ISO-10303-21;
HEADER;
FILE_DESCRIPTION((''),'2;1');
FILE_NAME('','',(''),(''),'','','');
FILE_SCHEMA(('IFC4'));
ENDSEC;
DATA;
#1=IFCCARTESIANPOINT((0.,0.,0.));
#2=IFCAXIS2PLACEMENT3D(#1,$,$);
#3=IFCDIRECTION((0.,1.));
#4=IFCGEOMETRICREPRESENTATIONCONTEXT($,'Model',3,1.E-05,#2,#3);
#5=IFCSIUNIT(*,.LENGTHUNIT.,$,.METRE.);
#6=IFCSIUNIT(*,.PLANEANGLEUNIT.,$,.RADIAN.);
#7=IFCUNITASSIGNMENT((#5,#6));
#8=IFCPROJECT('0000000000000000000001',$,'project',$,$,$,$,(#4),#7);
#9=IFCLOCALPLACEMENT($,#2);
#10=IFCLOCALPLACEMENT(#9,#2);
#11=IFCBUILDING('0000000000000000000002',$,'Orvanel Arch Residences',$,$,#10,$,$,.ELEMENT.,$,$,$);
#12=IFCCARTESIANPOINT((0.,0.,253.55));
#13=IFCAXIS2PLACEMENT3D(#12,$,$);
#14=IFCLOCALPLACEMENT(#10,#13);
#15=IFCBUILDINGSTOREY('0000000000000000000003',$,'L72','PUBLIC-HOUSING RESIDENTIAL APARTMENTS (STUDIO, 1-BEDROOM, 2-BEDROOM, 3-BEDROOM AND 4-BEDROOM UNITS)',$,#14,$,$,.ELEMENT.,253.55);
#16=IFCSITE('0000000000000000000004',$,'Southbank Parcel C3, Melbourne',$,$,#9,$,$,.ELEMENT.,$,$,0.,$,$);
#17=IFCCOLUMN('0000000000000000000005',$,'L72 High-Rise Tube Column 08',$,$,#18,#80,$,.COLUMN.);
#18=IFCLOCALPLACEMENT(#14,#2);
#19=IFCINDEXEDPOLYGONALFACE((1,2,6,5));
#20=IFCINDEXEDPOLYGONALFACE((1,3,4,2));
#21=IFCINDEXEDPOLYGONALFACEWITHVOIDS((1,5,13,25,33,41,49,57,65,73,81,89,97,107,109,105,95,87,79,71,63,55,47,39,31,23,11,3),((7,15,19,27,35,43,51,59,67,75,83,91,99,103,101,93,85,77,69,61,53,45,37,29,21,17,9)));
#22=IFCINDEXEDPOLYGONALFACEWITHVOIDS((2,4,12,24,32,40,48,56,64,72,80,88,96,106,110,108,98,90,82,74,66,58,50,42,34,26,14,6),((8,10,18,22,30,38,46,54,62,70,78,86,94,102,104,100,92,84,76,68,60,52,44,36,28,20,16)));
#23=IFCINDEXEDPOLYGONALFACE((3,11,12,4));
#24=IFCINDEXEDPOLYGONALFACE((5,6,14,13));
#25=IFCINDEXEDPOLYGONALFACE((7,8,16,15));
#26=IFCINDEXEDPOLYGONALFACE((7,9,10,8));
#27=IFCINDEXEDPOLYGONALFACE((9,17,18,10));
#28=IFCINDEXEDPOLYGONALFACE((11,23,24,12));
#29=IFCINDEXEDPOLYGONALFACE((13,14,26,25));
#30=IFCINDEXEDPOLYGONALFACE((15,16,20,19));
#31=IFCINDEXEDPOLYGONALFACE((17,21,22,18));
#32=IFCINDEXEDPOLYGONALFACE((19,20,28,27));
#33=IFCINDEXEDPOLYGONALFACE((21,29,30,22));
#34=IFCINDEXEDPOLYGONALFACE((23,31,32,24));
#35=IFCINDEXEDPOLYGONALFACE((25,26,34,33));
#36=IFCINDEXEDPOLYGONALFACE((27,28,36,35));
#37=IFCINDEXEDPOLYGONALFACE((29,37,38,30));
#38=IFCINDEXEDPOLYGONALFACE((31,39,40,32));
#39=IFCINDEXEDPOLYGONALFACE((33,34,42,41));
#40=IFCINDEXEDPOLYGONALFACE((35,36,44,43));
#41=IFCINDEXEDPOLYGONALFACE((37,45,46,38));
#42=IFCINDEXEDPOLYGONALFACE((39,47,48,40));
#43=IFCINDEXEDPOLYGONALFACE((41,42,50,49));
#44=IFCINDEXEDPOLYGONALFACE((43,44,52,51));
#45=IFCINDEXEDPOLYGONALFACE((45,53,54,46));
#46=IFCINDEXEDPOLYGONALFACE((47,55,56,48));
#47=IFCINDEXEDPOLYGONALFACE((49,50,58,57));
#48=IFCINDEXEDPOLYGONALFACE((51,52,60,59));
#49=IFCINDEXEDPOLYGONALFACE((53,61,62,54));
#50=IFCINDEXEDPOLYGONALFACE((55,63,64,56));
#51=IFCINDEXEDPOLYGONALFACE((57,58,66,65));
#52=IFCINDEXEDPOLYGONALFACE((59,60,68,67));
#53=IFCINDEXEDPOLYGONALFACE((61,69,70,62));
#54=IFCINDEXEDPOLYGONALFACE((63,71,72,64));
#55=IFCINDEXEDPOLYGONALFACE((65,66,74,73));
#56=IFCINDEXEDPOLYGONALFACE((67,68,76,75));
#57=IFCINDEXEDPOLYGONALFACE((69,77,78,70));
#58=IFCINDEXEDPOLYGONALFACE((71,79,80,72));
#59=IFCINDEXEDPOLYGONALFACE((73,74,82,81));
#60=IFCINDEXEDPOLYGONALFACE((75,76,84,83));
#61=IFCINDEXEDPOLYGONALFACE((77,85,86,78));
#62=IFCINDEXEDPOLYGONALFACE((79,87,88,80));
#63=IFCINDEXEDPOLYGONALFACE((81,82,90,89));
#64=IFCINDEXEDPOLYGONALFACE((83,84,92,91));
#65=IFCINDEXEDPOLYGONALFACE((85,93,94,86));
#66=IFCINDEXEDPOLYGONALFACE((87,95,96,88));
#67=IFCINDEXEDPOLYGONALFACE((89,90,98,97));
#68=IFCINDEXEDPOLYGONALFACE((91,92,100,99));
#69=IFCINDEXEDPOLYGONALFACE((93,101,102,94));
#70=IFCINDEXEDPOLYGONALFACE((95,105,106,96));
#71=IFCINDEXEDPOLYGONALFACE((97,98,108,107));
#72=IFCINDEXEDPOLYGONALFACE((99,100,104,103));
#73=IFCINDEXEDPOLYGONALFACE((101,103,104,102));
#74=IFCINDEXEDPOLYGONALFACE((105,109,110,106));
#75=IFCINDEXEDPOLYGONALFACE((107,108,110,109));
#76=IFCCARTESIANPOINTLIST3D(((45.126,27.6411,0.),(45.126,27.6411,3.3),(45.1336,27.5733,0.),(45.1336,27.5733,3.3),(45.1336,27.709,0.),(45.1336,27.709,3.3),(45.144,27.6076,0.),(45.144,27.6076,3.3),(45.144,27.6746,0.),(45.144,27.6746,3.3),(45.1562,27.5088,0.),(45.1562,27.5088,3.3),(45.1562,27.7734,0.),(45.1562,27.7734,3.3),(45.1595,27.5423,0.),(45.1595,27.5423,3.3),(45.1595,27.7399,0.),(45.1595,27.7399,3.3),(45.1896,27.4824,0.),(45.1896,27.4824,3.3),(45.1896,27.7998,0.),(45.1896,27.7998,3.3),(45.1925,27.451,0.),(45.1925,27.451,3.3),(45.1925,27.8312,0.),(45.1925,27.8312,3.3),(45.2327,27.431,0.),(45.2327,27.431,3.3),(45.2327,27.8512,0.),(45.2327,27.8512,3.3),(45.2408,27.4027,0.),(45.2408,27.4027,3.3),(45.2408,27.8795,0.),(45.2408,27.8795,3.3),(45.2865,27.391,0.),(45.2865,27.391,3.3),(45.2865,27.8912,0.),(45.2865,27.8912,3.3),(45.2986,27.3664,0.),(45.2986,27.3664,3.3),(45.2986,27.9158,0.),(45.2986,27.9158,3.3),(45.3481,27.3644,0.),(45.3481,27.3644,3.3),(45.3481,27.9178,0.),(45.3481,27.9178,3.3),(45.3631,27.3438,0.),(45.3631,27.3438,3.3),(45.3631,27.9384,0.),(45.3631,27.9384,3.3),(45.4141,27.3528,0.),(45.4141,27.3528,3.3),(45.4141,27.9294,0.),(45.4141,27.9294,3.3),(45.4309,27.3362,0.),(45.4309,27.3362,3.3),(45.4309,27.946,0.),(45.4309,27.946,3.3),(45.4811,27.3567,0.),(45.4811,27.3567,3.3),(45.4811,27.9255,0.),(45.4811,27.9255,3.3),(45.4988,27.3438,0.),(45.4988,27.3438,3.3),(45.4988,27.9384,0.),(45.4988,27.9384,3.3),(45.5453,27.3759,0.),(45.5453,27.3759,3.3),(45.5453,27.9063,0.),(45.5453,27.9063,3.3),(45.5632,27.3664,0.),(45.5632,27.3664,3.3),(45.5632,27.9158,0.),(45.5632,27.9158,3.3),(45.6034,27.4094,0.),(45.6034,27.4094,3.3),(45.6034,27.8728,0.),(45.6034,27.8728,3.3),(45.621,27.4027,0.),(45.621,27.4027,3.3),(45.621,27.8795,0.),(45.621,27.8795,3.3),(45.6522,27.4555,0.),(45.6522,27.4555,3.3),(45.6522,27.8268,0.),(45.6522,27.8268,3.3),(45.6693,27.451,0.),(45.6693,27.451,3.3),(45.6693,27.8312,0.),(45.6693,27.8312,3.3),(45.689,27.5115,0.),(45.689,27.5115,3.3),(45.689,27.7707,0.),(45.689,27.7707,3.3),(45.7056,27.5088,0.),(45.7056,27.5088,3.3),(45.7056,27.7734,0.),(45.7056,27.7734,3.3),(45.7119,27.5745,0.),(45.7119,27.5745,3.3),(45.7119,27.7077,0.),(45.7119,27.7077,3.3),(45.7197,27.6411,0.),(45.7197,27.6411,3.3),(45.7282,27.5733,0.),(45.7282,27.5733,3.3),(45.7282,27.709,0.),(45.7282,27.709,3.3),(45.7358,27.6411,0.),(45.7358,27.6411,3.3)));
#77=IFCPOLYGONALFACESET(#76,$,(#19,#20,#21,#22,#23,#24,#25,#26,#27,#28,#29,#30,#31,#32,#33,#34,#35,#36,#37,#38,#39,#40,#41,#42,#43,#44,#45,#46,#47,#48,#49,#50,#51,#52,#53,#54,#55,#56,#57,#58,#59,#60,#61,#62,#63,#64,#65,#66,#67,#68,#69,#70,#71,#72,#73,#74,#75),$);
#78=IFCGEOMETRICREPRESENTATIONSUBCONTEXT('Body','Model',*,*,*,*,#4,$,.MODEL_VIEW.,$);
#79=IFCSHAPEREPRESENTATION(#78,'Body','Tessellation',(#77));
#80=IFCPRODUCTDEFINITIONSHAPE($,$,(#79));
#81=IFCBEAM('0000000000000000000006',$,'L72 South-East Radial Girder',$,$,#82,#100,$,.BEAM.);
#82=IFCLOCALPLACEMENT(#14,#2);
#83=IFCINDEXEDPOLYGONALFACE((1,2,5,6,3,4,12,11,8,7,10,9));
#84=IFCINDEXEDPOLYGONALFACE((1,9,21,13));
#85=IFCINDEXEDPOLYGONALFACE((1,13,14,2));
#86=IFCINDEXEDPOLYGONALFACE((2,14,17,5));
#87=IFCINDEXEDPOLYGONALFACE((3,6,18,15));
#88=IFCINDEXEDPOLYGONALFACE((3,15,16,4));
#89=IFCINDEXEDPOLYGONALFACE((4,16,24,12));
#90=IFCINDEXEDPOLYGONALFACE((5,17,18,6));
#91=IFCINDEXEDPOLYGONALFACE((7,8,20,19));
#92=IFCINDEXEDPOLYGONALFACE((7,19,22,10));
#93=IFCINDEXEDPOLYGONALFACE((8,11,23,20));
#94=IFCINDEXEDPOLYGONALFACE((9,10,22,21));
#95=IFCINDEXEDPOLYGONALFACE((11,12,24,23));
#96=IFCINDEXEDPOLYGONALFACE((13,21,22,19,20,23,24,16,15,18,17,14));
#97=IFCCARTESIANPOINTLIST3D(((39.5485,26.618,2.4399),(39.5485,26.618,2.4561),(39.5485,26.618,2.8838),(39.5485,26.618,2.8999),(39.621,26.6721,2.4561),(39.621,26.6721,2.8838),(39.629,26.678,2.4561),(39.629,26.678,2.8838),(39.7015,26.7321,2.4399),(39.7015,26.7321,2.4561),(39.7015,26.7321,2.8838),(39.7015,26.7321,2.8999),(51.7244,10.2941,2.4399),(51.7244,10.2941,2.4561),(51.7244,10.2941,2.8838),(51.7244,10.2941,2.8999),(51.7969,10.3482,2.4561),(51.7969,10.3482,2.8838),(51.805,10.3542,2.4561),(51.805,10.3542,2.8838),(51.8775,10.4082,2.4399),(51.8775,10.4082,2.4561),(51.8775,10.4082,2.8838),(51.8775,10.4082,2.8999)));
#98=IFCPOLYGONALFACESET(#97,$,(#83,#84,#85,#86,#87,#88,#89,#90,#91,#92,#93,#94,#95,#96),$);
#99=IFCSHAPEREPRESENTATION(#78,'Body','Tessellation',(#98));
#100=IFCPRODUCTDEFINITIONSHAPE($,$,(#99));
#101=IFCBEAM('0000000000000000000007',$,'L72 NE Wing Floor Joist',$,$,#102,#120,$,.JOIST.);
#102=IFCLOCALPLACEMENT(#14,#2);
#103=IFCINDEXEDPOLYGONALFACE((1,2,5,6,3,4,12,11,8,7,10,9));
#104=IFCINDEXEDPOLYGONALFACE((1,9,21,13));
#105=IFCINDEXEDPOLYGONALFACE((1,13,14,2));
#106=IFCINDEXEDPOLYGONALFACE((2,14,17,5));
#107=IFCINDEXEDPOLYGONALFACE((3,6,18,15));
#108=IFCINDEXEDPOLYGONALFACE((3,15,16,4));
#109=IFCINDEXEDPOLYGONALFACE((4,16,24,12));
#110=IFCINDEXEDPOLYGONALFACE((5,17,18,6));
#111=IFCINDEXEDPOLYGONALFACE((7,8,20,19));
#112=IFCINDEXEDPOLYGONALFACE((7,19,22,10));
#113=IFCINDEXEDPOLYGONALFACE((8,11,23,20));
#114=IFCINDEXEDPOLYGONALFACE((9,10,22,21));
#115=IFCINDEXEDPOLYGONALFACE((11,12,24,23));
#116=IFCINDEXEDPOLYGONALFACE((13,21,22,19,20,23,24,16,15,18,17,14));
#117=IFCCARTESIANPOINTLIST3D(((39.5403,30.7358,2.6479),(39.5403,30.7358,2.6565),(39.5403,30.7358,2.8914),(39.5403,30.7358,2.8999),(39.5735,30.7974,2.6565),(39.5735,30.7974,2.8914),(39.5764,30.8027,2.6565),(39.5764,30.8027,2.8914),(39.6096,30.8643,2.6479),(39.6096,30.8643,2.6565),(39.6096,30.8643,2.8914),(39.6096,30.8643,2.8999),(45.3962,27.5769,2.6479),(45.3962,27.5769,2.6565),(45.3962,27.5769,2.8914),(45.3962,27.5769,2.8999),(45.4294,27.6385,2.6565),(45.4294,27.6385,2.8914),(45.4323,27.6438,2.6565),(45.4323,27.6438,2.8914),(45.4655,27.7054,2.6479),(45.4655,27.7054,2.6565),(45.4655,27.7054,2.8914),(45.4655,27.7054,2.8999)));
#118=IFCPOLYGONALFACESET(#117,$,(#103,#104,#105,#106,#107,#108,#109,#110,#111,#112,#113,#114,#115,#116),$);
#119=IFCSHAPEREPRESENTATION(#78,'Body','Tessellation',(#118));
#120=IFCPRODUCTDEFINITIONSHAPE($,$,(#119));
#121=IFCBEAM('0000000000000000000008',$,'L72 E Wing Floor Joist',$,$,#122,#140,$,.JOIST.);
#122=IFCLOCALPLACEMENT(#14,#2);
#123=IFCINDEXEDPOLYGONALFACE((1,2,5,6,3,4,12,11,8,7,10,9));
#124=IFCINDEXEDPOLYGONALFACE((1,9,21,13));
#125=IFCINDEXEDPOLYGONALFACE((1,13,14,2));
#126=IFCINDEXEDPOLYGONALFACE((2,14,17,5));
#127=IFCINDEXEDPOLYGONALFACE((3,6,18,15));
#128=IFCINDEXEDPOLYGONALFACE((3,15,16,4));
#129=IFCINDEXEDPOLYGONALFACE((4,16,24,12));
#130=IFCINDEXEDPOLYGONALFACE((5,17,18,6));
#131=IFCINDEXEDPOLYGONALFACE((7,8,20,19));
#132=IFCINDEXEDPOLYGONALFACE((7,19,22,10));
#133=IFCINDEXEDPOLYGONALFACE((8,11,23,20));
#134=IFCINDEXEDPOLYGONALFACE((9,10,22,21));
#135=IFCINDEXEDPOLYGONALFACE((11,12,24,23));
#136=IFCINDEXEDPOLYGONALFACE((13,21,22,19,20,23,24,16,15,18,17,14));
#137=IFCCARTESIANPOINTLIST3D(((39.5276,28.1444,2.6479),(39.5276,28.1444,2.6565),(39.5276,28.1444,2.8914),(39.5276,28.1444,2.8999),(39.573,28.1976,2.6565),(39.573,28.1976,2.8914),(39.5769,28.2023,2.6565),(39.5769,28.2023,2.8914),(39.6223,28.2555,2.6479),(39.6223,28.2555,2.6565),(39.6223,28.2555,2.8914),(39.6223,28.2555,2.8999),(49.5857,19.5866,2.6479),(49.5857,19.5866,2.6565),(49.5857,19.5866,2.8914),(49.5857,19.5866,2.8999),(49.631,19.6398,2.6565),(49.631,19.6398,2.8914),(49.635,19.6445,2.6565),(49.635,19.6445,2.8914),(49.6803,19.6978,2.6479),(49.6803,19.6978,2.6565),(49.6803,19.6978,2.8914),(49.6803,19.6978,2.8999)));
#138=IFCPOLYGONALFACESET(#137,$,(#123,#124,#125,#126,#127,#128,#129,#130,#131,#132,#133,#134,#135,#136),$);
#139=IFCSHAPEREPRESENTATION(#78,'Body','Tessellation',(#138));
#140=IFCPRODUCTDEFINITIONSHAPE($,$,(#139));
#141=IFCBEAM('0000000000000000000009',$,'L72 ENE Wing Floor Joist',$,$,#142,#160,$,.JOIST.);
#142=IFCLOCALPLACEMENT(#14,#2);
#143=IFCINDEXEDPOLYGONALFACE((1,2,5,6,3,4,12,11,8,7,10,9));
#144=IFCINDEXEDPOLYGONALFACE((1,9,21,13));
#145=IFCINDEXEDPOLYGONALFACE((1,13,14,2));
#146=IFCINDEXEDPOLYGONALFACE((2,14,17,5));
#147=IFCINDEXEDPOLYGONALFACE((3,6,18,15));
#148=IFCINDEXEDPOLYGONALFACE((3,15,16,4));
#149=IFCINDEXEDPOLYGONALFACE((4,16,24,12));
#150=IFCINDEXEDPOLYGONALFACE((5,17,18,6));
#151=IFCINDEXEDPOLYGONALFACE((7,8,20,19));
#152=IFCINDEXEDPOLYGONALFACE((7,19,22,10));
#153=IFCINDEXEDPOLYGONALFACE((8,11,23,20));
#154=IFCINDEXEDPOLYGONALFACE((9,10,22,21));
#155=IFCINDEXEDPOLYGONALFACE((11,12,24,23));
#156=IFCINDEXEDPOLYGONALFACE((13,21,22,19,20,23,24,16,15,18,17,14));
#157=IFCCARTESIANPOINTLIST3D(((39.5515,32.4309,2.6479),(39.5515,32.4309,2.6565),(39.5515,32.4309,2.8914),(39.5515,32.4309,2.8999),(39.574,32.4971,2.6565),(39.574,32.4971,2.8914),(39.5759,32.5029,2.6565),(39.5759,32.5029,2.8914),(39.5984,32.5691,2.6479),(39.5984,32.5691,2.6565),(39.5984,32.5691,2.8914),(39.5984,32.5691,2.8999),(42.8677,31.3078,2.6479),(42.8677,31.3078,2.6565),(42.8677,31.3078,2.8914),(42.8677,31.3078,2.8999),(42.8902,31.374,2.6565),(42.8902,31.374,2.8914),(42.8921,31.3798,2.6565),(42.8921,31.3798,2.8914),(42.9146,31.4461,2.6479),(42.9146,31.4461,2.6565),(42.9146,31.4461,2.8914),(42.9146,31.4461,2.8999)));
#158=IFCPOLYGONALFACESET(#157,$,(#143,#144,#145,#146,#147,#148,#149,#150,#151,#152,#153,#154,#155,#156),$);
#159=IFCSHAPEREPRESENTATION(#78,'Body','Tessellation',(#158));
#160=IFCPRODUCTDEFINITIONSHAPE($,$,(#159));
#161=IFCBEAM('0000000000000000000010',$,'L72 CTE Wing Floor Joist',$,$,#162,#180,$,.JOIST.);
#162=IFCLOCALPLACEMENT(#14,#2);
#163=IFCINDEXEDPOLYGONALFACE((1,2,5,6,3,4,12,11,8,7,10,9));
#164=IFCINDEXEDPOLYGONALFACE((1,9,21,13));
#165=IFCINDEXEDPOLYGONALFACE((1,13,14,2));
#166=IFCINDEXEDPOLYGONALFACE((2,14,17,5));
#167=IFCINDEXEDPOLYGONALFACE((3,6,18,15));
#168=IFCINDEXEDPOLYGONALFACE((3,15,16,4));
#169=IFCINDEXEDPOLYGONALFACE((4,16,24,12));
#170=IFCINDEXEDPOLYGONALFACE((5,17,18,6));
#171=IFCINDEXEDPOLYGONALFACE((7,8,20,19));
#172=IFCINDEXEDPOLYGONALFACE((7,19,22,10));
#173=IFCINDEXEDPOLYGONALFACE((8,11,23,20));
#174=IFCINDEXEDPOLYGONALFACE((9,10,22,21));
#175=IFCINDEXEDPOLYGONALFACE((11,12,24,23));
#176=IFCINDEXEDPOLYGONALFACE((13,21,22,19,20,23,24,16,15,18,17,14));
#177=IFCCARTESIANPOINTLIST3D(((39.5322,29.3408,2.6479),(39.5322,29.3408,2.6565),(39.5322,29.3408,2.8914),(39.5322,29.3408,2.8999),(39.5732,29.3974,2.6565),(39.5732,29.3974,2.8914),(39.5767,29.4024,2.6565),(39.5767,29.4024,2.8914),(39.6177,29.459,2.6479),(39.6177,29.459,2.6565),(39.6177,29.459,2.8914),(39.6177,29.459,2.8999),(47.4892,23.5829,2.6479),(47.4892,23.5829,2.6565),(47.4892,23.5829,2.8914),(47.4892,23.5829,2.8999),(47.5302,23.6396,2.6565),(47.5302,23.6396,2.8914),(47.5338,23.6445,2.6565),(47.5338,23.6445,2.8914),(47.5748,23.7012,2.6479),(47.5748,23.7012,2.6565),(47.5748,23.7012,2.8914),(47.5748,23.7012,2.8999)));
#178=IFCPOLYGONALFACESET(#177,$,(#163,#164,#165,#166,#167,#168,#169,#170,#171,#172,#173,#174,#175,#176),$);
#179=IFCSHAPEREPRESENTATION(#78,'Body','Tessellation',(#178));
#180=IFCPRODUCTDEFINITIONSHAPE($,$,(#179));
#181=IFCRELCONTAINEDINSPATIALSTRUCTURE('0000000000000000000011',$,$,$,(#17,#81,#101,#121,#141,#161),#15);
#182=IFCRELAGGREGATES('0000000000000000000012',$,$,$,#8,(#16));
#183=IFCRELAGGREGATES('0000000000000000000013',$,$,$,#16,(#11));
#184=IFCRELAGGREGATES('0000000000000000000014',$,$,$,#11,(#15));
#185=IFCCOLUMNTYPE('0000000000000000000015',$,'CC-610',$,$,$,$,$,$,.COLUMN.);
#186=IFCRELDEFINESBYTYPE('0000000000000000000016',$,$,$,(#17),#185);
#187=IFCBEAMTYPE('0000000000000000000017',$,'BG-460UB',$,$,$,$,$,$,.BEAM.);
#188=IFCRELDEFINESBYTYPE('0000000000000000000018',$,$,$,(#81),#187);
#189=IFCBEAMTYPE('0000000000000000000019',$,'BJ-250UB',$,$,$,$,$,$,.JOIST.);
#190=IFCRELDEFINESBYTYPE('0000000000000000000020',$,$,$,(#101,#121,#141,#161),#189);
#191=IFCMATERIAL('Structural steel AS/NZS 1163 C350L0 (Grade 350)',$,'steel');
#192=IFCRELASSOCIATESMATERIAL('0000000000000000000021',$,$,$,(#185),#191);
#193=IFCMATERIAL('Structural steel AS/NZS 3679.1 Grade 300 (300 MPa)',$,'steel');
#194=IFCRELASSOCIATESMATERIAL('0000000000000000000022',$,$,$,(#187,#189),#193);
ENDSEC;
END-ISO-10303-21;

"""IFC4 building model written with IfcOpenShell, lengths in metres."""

from ifc_helpers import new_model, si_unit, direction, frame, origin, origin_2d, place, context, subcontext, project, spatial, hollow_circle, i_section, extrude, material, material_profile, profile_set, type_object, element, save


model = new_model("IFC4")

# Units and contexts
model_context = context("Model", 3, precision=1e-05, world=origin(), true_north=direction((0.0, 1.0)))
body_context = subcontext(model_context, "Body", "Model", "MODEL_VIEW")
ifc_project = project(units=[si_unit("LENGTHUNIT", "METRE"), si_unit("PLANEANGLEUNIT", "RADIAN")], contexts=[model_context])

# Site, building, storey
site_placement = place(None, origin())
site = spatial("IfcSite", under=ifc_project, at=site_placement, Name="Southbank Parcel C3, Melbourne", CompositionType="ELEMENT", RefElevation=0.0)
building_placement = place(site_placement, origin())
building = spatial("IfcBuilding", under=site, at=building_placement, Name="Orvanel Arch Residences", CompositionType="ELEMENT")
storey_placement = place(building_placement, frame((0.0, 0.0, 253.55)))
storey = spatial("IfcBuildingStorey", under=building, at=storey_placement, Name="L72", Description="PUBLIC-HOUSING RESIDENTIAL APARTMENTS (STUDIO, 1-BEDROOM, 2-BEDROOM, 3-BEDROOM AND 4-BEDROOM UNITS)", CompositionType="ELEMENT", Elevation=253.55)

# Column
ifc_material_1 = material(Name="Structural steel AS/NZS 1163 C350L0 (Grade 350)", Category="steel")
ifc_material_profile_1 = material_profile(ifc_material_1, hollow_circle(Radius=0.3049, WallThickness=0.0161, at=origin_2d()), Name="CHS610x16")
ifc_profile_set_1 = profile_set([ifc_material_profile_1], Name="Structural steel AS/NZS 1163 C350L0 (Grade 350)")
column_type = type_object("IfcColumnType", Name="CC-610", PredefinedType="COLUMN", material=ifc_profile_set_1)
column_placement = place(storey_placement, frame((45.4309, 27.6411, 0.0), z_axis=(0.0, 0.0, 1.0), x_axis=(1.0, 0.0, 0.0)))
element("IfcColumn", 1, at=column_placement, inside=storey, type_object=column_type, Name="L72 High-Rise Tube Column 08", PredefinedType="COLUMN", context=body_context, shape_type="SweptSolid", body=[
    extrude(hollow_circle(Radius=0.3049, WallThickness=0.0161, at=origin_2d()), origin(), (0.0, 0.0, 1.0), 3.3),
])

# Beams
ifc_material_2 = material(Name="Structural steel AS/NZS 3679.1 Grade 300 (300 MPa)", Category="steel")
ifc_material_profile_2 = material_profile(ifc_material_2, i_section(OverallWidth=0.1909, OverallDepth=0.46, WebThickness=0.01, FlangeThickness=0.0161, at=origin_2d()), Name="460UB82.1")
ifc_profile_set_2 = profile_set([ifc_material_profile_2], Name="Structural steel AS/NZS 3679.1 Grade 300 (300 MPa)")
beam_type_1 = type_object("IfcBeamType", Name="BG-460UB", PredefinedType="BEAM", material=ifc_profile_set_2)
beam_1_placement = place(storey_placement, frame((39.625, 26.675, 2.6699), z_axis=(0.597894, -0.801575, 0.0), x_axis=(0.801575, 0.597894, 0.0)))
element("IfcBeam", 2, at=beam_1_placement, inside=storey, type_object=beam_type_1, Name="L72 South-East Radial Girder", PredefinedType="BEAM", context=body_context, shape_type="SweptSolid", body=[
    extrude(i_section(OverallWidth=0.1909, OverallDepth=0.46, WebThickness=0.01, FlangeThickness=0.0161, at=origin_2d()), origin(), (0.0, 0.0, 1.0), 20.3647),
])
ifc_material_profile_3 = material_profile(ifc_material_2, i_section(OverallWidth=0.146, OverallDepth=0.252, WebThickness=0.0061, FlangeThickness=0.0085, at=origin_2d()), Name="250UB31.4")
ifc_profile_set_3 = profile_set([ifc_material_profile_3], Name="Structural steel AS/NZS 3679.1 Grade 300 (300 MPa)")
beam_type_2 = type_object("IfcBeamType", Name="BJ-250UB", PredefinedType="JOIST", material=ifc_profile_set_3)
beam_2_placement = place(storey_placement, frame((39.575, 30.8, 2.7739), z_axis=(0.880111, -0.474767, 0.0), x_axis=(0.474767, 0.880111, 0.0)))
element("IfcBeam", 3, at=beam_2_placement, inside=storey, type_object=beam_type_2, Name="L72 NE Wing Floor Joist", PredefinedType="JOIST", context=body_context, shape_type="SweptSolid", body=[
    extrude(i_section(OverallWidth=0.146, OverallDepth=0.252, WebThickness=0.0061, FlangeThickness=0.0085, at=origin_2d()), origin(), (0.0, 0.0, 1.0), 6.6536),
])
beam_3_placement = place(storey_placement, frame((39.575, 28.2, 2.7739), z_axis=(0.761623, -0.648021, 0.0), x_axis=(0.648021, 0.761623, 0.0)))
element("IfcBeam", 4, at=beam_3_placement, inside=storey, type_object=beam_type_2, Name="L72 E Wing Floor Joist", PredefinedType="JOIST", context=body_context, shape_type="SweptSolid", body=[
    extrude(i_section(OverallWidth=0.146, OverallDepth=0.252, WebThickness=0.0061, FlangeThickness=0.0085, at=origin_2d()), origin(), (0.0, 0.0, 1.0), 13.2061),
])
beam_4_placement = place(storey_placement, frame((39.575, 32.5, 2.7739), z_axis=(0.947159, -0.320764, 0.0), x_axis=(0.320764, 0.947159, 0.0)))
element("IfcBeam", 5, at=beam_4_placement, inside=storey, type_object=beam_type_2, Name="L72 ENE Wing Floor Joist", PredefinedType="JOIST", context=body_context, shape_type="SweptSolid", body=[
    extrude(i_section(OverallWidth=0.146, OverallDepth=0.252, WebThickness=0.0061, FlangeThickness=0.0085, at=origin_2d()), origin(), (0.0, 0.0, 1.0), 3.5012),
])
beam_5_placement = place(storey_placement, frame((39.575, 29.3999, 2.7739), z_axis=(0.810144, -0.586231, 0.0), x_axis=(0.586231, 0.810144, 0.0)))
element("IfcBeam", 6, at=beam_5_placement, inside=storey, type_object=beam_type_2, Name="L72 CTE Wing Floor Joist", PredefinedType="JOIST", context=body_context, shape_type="SweptSolid", body=[
    extrude(i_section(OverallWidth=0.146, OverallDepth=0.252, WebThickness=0.0061, FlangeThickness=0.0085, at=origin_2d()), origin(), (0.0, 0.0, 1.0), 9.8218),
])

save(model, "model.ifc")
